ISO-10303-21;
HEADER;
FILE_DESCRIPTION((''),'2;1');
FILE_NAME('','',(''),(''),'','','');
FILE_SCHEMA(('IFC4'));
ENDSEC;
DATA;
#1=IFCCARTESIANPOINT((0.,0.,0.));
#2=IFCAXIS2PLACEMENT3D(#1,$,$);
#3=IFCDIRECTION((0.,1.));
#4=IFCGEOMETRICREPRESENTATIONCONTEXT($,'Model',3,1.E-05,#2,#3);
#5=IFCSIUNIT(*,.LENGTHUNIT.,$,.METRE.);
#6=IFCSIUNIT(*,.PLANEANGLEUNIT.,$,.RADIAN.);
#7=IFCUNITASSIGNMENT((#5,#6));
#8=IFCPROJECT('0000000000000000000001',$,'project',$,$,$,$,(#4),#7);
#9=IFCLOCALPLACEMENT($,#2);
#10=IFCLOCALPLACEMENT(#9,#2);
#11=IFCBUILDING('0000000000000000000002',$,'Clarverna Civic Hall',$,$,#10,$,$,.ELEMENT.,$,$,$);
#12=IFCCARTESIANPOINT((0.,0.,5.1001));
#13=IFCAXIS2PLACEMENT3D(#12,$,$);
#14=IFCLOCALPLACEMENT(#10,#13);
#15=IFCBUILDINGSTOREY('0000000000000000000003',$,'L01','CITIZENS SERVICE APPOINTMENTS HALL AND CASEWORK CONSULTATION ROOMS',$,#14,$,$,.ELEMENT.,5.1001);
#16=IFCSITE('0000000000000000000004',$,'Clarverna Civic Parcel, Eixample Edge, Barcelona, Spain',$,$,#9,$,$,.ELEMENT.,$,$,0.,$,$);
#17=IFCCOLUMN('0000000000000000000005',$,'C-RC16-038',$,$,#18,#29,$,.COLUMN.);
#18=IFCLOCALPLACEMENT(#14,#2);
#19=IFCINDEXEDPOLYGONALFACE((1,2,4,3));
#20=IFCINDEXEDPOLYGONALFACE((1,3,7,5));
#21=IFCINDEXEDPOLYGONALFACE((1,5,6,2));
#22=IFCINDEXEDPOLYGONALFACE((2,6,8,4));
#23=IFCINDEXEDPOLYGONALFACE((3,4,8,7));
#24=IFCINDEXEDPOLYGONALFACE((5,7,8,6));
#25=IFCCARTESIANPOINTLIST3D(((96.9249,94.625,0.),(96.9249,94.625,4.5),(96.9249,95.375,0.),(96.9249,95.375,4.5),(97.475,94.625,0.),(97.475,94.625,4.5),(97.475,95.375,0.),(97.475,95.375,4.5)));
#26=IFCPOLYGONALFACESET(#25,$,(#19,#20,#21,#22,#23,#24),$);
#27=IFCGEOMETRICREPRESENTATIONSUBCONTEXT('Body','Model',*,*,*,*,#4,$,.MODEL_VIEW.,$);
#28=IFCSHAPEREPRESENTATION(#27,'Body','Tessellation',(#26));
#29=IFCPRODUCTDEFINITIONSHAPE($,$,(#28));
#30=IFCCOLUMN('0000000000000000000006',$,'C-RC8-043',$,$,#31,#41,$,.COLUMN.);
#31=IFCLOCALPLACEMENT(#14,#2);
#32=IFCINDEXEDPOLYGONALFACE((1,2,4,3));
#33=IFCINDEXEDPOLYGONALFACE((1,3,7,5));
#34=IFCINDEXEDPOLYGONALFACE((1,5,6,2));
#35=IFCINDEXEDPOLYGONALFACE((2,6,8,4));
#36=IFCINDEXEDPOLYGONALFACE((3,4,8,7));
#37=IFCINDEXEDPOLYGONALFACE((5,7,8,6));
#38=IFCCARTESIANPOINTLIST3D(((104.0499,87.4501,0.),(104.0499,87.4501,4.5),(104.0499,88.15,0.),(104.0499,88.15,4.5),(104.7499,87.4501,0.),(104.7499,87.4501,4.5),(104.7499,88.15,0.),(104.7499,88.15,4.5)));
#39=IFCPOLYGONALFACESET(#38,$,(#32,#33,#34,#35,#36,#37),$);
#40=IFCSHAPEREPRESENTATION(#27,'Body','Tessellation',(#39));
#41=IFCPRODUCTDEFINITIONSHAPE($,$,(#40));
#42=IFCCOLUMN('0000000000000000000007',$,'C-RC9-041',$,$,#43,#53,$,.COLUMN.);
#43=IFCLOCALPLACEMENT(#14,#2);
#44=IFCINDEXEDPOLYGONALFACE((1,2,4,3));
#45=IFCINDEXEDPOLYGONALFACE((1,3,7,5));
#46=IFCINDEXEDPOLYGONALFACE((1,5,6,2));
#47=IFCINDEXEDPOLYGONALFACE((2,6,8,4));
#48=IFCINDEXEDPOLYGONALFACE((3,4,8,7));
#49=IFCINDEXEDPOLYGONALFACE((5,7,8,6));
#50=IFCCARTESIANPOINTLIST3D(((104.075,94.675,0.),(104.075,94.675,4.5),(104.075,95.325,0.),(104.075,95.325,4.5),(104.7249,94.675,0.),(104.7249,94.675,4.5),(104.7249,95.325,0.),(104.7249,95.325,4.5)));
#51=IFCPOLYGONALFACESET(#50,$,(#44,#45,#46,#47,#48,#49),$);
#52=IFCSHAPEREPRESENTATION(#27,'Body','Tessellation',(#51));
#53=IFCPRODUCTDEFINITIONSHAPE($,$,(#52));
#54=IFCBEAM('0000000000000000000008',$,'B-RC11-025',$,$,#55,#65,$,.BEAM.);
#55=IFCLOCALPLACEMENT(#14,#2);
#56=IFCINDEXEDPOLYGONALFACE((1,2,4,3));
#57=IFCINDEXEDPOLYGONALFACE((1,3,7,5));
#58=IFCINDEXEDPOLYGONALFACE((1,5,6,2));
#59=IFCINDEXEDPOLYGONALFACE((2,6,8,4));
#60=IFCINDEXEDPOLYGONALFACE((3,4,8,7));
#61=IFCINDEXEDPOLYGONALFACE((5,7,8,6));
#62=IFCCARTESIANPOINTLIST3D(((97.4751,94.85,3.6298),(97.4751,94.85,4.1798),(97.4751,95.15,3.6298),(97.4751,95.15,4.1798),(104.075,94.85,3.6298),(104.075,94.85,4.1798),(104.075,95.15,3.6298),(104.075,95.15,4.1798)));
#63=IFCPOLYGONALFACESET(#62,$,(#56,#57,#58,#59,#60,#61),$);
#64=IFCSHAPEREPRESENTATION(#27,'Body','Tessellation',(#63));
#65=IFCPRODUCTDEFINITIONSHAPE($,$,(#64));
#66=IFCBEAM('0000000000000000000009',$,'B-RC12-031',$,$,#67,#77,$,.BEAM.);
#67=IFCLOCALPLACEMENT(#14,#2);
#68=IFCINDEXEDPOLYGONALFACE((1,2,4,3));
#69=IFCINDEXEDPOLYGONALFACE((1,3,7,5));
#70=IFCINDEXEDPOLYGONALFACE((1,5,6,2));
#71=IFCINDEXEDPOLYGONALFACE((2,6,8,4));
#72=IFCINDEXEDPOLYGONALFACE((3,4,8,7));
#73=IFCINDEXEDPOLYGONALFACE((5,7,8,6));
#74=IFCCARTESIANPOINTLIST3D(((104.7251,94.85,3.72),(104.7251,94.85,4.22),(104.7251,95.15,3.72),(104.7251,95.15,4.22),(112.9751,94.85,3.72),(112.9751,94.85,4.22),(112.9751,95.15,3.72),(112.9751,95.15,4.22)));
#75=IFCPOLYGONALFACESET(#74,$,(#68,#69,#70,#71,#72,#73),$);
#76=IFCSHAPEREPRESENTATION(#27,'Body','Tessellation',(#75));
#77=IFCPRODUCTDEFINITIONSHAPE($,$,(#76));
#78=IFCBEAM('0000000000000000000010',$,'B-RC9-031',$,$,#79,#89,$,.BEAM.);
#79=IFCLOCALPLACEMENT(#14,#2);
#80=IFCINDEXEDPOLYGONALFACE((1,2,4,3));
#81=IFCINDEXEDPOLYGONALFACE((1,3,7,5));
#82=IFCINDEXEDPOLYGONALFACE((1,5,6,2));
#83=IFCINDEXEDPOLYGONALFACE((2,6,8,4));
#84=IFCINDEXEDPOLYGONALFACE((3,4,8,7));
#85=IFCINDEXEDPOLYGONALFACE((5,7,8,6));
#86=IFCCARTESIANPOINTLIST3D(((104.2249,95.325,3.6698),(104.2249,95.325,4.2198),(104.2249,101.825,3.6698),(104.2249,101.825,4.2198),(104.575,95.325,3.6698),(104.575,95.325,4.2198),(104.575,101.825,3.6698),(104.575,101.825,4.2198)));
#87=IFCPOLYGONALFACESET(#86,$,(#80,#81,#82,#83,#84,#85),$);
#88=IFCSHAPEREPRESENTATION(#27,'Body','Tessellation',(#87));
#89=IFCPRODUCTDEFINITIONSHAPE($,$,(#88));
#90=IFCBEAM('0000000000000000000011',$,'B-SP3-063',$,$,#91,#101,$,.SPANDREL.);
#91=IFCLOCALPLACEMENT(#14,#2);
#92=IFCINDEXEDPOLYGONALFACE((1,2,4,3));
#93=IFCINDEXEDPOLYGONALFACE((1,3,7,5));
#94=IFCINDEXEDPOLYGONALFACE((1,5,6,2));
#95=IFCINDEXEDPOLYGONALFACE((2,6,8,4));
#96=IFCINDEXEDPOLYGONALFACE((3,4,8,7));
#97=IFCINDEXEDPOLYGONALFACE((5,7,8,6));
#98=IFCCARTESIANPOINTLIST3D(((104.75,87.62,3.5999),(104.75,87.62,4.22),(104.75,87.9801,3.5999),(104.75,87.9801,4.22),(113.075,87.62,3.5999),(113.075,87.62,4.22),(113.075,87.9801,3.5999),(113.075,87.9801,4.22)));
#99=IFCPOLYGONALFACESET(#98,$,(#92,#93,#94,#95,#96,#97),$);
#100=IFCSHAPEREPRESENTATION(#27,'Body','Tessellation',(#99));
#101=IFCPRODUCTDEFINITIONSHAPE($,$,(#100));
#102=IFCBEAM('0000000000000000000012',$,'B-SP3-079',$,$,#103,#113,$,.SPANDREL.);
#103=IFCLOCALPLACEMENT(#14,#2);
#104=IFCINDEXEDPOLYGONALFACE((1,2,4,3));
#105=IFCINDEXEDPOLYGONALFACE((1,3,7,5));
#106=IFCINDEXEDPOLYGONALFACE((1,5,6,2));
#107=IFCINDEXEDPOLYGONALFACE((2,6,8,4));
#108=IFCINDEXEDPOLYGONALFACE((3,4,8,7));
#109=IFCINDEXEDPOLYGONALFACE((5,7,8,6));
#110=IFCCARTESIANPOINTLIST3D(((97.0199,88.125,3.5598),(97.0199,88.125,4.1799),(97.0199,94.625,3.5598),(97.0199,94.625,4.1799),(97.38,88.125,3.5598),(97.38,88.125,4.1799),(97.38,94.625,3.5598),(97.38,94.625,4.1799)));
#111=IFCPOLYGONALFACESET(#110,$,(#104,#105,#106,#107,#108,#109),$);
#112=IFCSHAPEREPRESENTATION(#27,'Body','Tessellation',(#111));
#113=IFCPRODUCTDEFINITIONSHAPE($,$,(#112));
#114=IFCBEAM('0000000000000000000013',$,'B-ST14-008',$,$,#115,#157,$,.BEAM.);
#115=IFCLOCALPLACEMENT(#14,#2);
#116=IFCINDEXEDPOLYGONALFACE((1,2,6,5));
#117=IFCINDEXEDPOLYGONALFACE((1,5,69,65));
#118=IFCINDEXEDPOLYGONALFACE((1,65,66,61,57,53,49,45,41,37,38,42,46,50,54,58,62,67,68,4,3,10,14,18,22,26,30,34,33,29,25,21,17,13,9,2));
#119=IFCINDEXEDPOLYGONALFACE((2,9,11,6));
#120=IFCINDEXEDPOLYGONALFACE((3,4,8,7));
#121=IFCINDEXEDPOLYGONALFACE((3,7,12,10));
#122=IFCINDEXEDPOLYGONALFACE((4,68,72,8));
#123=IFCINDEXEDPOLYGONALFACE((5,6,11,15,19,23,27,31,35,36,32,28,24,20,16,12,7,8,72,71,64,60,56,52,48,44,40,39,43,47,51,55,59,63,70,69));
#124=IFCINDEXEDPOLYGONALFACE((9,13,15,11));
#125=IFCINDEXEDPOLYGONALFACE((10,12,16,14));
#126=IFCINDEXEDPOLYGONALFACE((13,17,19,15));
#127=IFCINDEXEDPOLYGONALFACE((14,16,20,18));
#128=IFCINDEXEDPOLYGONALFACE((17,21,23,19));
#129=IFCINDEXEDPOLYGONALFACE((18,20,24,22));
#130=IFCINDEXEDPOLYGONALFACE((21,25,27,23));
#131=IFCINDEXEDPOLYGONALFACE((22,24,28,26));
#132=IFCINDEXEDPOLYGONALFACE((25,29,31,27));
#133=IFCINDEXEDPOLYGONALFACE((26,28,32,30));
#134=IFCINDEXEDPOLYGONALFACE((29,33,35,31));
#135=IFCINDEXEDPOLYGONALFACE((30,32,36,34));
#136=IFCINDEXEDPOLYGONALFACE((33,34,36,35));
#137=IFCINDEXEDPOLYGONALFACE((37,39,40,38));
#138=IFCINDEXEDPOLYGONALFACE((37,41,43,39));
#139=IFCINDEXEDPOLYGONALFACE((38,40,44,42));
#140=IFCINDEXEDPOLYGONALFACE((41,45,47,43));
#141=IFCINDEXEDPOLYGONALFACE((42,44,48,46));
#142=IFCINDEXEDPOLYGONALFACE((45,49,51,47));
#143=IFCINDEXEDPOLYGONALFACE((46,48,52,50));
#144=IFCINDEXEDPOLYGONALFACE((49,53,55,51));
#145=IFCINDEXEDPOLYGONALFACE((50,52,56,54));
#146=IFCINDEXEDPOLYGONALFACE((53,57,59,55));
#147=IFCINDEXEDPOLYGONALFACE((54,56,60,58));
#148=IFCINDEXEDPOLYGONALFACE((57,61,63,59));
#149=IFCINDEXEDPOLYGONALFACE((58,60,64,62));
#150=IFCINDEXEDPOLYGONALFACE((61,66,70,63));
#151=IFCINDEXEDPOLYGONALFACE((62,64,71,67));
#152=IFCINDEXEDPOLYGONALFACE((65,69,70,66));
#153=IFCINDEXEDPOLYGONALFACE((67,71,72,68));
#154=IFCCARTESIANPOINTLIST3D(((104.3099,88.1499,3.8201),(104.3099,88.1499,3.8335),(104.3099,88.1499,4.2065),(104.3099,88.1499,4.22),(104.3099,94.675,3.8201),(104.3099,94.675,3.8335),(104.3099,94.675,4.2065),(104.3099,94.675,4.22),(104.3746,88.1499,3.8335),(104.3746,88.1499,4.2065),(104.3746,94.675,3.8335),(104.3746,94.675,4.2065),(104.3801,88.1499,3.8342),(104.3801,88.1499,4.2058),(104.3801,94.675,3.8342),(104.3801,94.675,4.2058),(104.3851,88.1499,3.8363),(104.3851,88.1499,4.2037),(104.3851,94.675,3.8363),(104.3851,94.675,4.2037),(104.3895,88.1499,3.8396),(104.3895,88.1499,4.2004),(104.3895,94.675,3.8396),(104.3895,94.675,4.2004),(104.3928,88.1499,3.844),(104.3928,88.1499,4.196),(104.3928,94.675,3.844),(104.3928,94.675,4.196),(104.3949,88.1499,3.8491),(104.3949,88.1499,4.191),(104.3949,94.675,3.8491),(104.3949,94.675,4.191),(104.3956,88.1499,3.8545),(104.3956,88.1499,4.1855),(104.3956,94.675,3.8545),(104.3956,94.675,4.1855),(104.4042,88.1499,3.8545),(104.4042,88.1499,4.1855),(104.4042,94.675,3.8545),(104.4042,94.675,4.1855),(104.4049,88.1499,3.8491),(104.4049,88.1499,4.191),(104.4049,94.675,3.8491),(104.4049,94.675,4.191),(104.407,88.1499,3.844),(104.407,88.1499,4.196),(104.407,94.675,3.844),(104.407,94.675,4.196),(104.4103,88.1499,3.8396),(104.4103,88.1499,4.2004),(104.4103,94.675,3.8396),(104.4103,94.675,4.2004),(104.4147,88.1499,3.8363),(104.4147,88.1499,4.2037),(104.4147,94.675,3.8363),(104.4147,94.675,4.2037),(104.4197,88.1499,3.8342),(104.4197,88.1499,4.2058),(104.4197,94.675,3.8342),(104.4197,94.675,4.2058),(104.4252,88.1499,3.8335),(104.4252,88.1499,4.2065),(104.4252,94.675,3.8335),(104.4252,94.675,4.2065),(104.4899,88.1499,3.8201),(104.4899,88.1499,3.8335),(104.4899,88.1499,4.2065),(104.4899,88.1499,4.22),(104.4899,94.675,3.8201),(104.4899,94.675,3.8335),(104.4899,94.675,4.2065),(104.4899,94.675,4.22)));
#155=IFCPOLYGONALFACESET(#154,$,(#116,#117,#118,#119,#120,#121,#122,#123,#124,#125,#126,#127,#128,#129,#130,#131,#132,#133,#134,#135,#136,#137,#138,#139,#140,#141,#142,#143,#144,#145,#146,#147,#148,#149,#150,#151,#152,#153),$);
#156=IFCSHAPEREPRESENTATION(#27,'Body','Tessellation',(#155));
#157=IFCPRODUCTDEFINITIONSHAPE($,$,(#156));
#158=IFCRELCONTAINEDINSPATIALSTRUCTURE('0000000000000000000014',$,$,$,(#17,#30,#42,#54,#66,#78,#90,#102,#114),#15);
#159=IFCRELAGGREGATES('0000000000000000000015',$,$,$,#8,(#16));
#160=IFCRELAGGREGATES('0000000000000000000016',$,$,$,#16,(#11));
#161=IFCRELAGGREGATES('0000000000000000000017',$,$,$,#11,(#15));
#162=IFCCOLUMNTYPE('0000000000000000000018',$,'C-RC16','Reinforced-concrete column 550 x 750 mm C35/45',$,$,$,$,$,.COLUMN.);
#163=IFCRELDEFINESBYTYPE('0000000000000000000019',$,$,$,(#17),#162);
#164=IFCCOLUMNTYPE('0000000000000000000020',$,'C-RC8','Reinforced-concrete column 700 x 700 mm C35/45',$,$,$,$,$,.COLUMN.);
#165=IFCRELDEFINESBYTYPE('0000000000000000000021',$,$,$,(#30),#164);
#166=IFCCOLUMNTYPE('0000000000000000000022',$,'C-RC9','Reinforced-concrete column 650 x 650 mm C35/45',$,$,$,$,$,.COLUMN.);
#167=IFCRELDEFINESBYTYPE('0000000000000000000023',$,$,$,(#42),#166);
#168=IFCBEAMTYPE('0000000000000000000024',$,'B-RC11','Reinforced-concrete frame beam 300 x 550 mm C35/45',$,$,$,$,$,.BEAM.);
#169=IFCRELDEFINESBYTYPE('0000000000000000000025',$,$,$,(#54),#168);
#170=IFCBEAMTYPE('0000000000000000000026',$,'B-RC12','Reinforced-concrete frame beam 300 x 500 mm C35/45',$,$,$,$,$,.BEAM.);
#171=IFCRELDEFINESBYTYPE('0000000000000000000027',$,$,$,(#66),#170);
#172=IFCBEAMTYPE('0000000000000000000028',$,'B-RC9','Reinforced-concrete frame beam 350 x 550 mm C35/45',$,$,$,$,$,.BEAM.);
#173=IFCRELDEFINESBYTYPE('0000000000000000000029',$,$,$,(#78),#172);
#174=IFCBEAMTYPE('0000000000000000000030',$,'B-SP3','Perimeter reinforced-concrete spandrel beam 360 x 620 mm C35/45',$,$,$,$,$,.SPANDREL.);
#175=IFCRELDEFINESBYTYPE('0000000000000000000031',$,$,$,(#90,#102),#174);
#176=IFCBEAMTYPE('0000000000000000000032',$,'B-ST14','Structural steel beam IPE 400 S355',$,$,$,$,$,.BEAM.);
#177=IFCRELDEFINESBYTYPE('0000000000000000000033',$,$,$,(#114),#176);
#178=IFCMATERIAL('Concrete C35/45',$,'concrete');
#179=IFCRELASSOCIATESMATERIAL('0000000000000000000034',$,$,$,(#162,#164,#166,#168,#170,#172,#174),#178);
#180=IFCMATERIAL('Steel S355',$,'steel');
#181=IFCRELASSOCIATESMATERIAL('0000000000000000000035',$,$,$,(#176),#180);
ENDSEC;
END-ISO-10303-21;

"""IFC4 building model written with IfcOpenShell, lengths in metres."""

from ifc_helpers import new_model, si_unit, direction, frame, origin, origin_2d, place, context, subcontext, project, spatial, rectangle, i_section, extrude, material, material_profile, profile_set, type_object, element, save


model = new_model("IFC4")

# Units and contexts
model_context = context("Model", 3, precision=1e-05, world=origin(), true_north=direction((0.0, 1.0)))
body_context = subcontext(model_context, "Body", "Model", "MODEL_VIEW")
ifc_project = project(units=[si_unit("LENGTHUNIT", "METRE"), si_unit("PLANEANGLEUNIT", "RADIAN")], contexts=[model_context])

# Site, building, storey
site_placement = place(None, origin())
site = spatial("IfcSite", under=ifc_project, at=site_placement, Name="Clarverna Civic Parcel, Eixample Edge, Barcelona, Spain", CompositionType="ELEMENT", RefElevation=0.0)
building_placement = place(site_placement, origin())
building = spatial("IfcBuilding", under=site, at=building_placement, Name="Clarverna Civic Hall", CompositionType="ELEMENT")
storey_placement = place(building_placement, frame((0.0, 0.0, 5.1001)))
storey = spatial("IfcBuildingStorey", under=building, at=storey_placement, Name="L01", Description="CITIZENS SERVICE APPOINTMENTS HALL AND CASEWORK CONSULTATION ROOMS", CompositionType="ELEMENT", Elevation=5.1001)

# Columns
ifc_material_1 = material(Name="Concrete C35/45", Category="concrete")
ifc_material_profile_1 = material_profile(ifc_material_1, rectangle(XDim=0.55, YDim=0.75, at=origin_2d()), Name="RC 550x750")
ifc_profile_set_1 = profile_set([ifc_material_profile_1], Name="Concrete C35/45")
column_type_1 = type_object("IfcColumnType", Name="C-RC16", Description="Reinforced-concrete column 550 x 750 mm C35/45", PredefinedType="COLUMN", material=ifc_profile_set_1)
column_1_placement = place(storey_placement, frame((97.2, 95.0, 0.0), z_axis=(0.0, 0.0, 1.0), x_axis=(1.0, 0.0, 0.0)))
element("IfcColumn", 1, at=column_1_placement, inside=storey, type_object=column_type_1, Name="C-RC16-038", PredefinedType="COLUMN", context=body_context, shape_type="SweptSolid", body=[
    extrude(rectangle(XDim=0.55, YDim=0.75, at=origin_2d()), origin(), (0.0, 0.0, 1.0), 4.5),
])
ifc_material_profile_2 = material_profile(ifc_material_1, rectangle(XDim=0.7, YDim=0.7, at=origin_2d()), Name="RC 700x700")
ifc_profile_set_2 = profile_set([ifc_material_profile_2], Name="Concrete C35/45")
column_type_2 = type_object("IfcColumnType", Name="C-RC8", Description="Reinforced-concrete column 700 x 700 mm C35/45", PredefinedType="COLUMN", material=ifc_profile_set_2)
column_2_placement = place(storey_placement, frame((104.3999, 87.8, 0.0), z_axis=(0.0, 0.0, 1.0), x_axis=(1.0, 0.0, 0.0)))
element("IfcColumn", 2, at=column_2_placement, inside=storey, type_object=column_type_2, Name="C-RC8-043", PredefinedType="COLUMN", context=body_context, shape_type="SweptSolid", body=[
    extrude(rectangle(XDim=0.7, YDim=0.7, at=origin_2d()), origin(), (0.0, 0.0, 1.0), 4.5),
])
ifc_material_profile_3 = material_profile(ifc_material_1, rectangle(XDim=0.6499, YDim=0.6499, at=origin_2d()), Name="RC 650x650")
ifc_profile_set_3 = profile_set([ifc_material_profile_3], Name="Concrete C35/45")
column_type_3 = type_object("IfcColumnType", Name="C-RC9", Description="Reinforced-concrete column 650 x 650 mm C35/45", PredefinedType="COLUMN", material=ifc_profile_set_3)
column_3_placement = place(storey_placement, frame((104.3999, 95.0, 0.0), z_axis=(0.0, 0.0, 1.0), x_axis=(1.0, 0.0, 0.0)))
element("IfcColumn", 3, at=column_3_placement, inside=storey, type_object=column_type_3, Name="C-RC9-041", PredefinedType="COLUMN", context=body_context, shape_type="SweptSolid", body=[
    extrude(rectangle(XDim=0.6499, YDim=0.6499, at=origin_2d()), origin(), (0.0, 0.0, 1.0), 4.5),
])

# Beams
ifc_material_profile_4 = material_profile(ifc_material_1, rectangle(XDim=0.3, YDim=0.55, at=origin_2d()), Name="RC 300x550")
ifc_profile_set_4 = profile_set([ifc_material_profile_4], Name="Concrete C35/45")
beam_type_1 = type_object("IfcBeamType", Name="B-RC11", Description="Reinforced-concrete frame beam 300 x 550 mm C35/45", PredefinedType="BEAM", material=ifc_profile_set_4)
beam_1_placement = place(storey_placement, frame((97.4751, 95.0, 3.9048), z_axis=(1.0, 0.0, 0.0), x_axis=(0.0, 1.0, 0.0)))
element("IfcBeam", 4, at=beam_1_placement, inside=storey, type_object=beam_type_1, Name="B-RC11-025", PredefinedType="BEAM", context=body_context, shape_type="SweptSolid", body=[
    extrude(rectangle(XDim=0.3, YDim=0.55, at=origin_2d()), origin(), (0.0, 0.0, 1.0), 6.5999),
])
ifc_material_profile_5 = material_profile(ifc_material_1, rectangle(XDim=0.3, YDim=0.5, at=origin_2d()), Name="RC 300x500")
ifc_profile_set_5 = profile_set([ifc_material_profile_5], Name="Concrete C35/45")
beam_type_2 = type_object("IfcBeamType", Name="B-RC12", Description="Reinforced-concrete frame beam 300 x 500 mm C35/45", PredefinedType="BEAM", material=ifc_profile_set_5)
beam_2_placement = place(storey_placement, frame((104.7251, 95.0, 3.97), z_axis=(1.0, 0.0, 0.0), x_axis=(0.0, 1.0, 0.0)))
element("IfcBeam", 5, at=beam_2_placement, inside=storey, type_object=beam_type_2, Name="B-RC12-031", PredefinedType="BEAM", context=body_context, shape_type="SweptSolid", body=[
    extrude(rectangle(XDim=0.3, YDim=0.5, at=origin_2d()), origin(), (0.0, 0.0, 1.0), 8.25),
])
ifc_material_profile_6 = material_profile(ifc_material_1, rectangle(XDim=0.3501, YDim=0.55, at=origin_2d()), Name="RC 350x550")
ifc_profile_set_6 = profile_set([ifc_material_profile_6], Name="Concrete C35/45")
beam_type_3 = type_object("IfcBeamType", Name="B-RC9", Description="Reinforced-concrete frame beam 350 x 550 mm C35/45", PredefinedType="BEAM", material=ifc_profile_set_6)
beam_3_placement = place(storey_placement, frame((104.3999, 95.325, 3.9448), z_axis=(0.0, 1.0, 0.0), x_axis=(-1.0, 0.0, 0.0)))
element("IfcBeam", 6, at=beam_3_placement, inside=storey, type_object=beam_type_3, Name="B-RC9-031", PredefinedType="BEAM", context=body_context, shape_type="SweptSolid", body=[
    extrude(rectangle(XDim=0.3501, YDim=0.55, at=origin_2d()), origin(), (0.0, 0.0, 1.0), 6.5),
])
ifc_material_profile_7 = material_profile(ifc_material_1, rectangle(XDim=0.3601, YDim=0.6201, at=origin_2d()), Name="RC 360x620")
ifc_profile_set_7 = profile_set([ifc_material_profile_7], Name="Concrete C35/45")
beam_type_4 = type_object("IfcBeamType", Name="B-SP3", Description="Perimeter reinforced-concrete spandrel beam 360 x 620 mm C35/45", PredefinedType="SPANDREL", material=ifc_profile_set_7)
beam_4_placement = place(storey_placement, frame((104.75, 87.8, 3.9099), z_axis=(1.0, 0.0, 0.0), x_axis=(0.0, 1.0, 0.0)))
element("IfcBeam", 7, at=beam_4_placement, inside=storey, type_object=beam_type_4, Name="B-SP3-063", PredefinedType="SPANDREL", context=body_context, shape_type="SweptSolid", body=[
    extrude(rectangle(XDim=0.3601, YDim=0.6201, at=origin_2d()), origin(), (0.0, 0.0, 1.0), 8.325),
])
beam_5_placement = place(storey_placement, frame((97.2, 88.125, 3.8699), z_axis=(0.0, 1.0, 0.0), x_axis=(-1.0, 0.0, 0.0)))
element("IfcBeam", 8, at=beam_5_placement, inside=storey, type_object=beam_type_4, Name="B-SP3-079", PredefinedType="SPANDREL", context=body_context, shape_type="SweptSolid", body=[
    extrude(rectangle(XDim=0.3601, YDim=0.6201, at=origin_2d()), origin(), (0.0, 0.0, 1.0), 6.5),
])
ifc_material_2 = material(Name="Steel S355", Category="steel")
ifc_material_profile_8 = material_profile(ifc_material_2, i_section(OverallWidth=0.1799, OverallDepth=0.3999, WebThickness=0.0085, FlangeThickness=0.0134, FilletRadius=0.021, at=origin_2d()), Name="IPE 400")
ifc_profile_set_8 = profile_set([ifc_material_profile_8], Name="Steel S355")
beam_type_5 = type_object("IfcBeamType", Name="B-ST14", Description="Structural steel beam IPE 400 S355", PredefinedType="BEAM", material=ifc_profile_set_8)
beam_6_placement = place(storey_placement, frame((104.3999, 88.1499, 4.02), z_axis=(0.0, 1.0, 0.0), x_axis=(-1.0, 0.0, 0.0)))
element("IfcBeam", 9, at=beam_6_placement, inside=storey, type_object=beam_type_5, Name="B-ST14-008", PredefinedType="BEAM", context=body_context, shape_type="SweptSolid", body=[
    extrude(i_section(OverallWidth=0.1799, OverallDepth=0.3999, WebThickness=0.0085, FlangeThickness=0.0134, FilletRadius=0.021, at=origin_2d()), origin(), (0.0, 0.0, 1.0), 6.5251),
])

save(model, "model.ifc")
